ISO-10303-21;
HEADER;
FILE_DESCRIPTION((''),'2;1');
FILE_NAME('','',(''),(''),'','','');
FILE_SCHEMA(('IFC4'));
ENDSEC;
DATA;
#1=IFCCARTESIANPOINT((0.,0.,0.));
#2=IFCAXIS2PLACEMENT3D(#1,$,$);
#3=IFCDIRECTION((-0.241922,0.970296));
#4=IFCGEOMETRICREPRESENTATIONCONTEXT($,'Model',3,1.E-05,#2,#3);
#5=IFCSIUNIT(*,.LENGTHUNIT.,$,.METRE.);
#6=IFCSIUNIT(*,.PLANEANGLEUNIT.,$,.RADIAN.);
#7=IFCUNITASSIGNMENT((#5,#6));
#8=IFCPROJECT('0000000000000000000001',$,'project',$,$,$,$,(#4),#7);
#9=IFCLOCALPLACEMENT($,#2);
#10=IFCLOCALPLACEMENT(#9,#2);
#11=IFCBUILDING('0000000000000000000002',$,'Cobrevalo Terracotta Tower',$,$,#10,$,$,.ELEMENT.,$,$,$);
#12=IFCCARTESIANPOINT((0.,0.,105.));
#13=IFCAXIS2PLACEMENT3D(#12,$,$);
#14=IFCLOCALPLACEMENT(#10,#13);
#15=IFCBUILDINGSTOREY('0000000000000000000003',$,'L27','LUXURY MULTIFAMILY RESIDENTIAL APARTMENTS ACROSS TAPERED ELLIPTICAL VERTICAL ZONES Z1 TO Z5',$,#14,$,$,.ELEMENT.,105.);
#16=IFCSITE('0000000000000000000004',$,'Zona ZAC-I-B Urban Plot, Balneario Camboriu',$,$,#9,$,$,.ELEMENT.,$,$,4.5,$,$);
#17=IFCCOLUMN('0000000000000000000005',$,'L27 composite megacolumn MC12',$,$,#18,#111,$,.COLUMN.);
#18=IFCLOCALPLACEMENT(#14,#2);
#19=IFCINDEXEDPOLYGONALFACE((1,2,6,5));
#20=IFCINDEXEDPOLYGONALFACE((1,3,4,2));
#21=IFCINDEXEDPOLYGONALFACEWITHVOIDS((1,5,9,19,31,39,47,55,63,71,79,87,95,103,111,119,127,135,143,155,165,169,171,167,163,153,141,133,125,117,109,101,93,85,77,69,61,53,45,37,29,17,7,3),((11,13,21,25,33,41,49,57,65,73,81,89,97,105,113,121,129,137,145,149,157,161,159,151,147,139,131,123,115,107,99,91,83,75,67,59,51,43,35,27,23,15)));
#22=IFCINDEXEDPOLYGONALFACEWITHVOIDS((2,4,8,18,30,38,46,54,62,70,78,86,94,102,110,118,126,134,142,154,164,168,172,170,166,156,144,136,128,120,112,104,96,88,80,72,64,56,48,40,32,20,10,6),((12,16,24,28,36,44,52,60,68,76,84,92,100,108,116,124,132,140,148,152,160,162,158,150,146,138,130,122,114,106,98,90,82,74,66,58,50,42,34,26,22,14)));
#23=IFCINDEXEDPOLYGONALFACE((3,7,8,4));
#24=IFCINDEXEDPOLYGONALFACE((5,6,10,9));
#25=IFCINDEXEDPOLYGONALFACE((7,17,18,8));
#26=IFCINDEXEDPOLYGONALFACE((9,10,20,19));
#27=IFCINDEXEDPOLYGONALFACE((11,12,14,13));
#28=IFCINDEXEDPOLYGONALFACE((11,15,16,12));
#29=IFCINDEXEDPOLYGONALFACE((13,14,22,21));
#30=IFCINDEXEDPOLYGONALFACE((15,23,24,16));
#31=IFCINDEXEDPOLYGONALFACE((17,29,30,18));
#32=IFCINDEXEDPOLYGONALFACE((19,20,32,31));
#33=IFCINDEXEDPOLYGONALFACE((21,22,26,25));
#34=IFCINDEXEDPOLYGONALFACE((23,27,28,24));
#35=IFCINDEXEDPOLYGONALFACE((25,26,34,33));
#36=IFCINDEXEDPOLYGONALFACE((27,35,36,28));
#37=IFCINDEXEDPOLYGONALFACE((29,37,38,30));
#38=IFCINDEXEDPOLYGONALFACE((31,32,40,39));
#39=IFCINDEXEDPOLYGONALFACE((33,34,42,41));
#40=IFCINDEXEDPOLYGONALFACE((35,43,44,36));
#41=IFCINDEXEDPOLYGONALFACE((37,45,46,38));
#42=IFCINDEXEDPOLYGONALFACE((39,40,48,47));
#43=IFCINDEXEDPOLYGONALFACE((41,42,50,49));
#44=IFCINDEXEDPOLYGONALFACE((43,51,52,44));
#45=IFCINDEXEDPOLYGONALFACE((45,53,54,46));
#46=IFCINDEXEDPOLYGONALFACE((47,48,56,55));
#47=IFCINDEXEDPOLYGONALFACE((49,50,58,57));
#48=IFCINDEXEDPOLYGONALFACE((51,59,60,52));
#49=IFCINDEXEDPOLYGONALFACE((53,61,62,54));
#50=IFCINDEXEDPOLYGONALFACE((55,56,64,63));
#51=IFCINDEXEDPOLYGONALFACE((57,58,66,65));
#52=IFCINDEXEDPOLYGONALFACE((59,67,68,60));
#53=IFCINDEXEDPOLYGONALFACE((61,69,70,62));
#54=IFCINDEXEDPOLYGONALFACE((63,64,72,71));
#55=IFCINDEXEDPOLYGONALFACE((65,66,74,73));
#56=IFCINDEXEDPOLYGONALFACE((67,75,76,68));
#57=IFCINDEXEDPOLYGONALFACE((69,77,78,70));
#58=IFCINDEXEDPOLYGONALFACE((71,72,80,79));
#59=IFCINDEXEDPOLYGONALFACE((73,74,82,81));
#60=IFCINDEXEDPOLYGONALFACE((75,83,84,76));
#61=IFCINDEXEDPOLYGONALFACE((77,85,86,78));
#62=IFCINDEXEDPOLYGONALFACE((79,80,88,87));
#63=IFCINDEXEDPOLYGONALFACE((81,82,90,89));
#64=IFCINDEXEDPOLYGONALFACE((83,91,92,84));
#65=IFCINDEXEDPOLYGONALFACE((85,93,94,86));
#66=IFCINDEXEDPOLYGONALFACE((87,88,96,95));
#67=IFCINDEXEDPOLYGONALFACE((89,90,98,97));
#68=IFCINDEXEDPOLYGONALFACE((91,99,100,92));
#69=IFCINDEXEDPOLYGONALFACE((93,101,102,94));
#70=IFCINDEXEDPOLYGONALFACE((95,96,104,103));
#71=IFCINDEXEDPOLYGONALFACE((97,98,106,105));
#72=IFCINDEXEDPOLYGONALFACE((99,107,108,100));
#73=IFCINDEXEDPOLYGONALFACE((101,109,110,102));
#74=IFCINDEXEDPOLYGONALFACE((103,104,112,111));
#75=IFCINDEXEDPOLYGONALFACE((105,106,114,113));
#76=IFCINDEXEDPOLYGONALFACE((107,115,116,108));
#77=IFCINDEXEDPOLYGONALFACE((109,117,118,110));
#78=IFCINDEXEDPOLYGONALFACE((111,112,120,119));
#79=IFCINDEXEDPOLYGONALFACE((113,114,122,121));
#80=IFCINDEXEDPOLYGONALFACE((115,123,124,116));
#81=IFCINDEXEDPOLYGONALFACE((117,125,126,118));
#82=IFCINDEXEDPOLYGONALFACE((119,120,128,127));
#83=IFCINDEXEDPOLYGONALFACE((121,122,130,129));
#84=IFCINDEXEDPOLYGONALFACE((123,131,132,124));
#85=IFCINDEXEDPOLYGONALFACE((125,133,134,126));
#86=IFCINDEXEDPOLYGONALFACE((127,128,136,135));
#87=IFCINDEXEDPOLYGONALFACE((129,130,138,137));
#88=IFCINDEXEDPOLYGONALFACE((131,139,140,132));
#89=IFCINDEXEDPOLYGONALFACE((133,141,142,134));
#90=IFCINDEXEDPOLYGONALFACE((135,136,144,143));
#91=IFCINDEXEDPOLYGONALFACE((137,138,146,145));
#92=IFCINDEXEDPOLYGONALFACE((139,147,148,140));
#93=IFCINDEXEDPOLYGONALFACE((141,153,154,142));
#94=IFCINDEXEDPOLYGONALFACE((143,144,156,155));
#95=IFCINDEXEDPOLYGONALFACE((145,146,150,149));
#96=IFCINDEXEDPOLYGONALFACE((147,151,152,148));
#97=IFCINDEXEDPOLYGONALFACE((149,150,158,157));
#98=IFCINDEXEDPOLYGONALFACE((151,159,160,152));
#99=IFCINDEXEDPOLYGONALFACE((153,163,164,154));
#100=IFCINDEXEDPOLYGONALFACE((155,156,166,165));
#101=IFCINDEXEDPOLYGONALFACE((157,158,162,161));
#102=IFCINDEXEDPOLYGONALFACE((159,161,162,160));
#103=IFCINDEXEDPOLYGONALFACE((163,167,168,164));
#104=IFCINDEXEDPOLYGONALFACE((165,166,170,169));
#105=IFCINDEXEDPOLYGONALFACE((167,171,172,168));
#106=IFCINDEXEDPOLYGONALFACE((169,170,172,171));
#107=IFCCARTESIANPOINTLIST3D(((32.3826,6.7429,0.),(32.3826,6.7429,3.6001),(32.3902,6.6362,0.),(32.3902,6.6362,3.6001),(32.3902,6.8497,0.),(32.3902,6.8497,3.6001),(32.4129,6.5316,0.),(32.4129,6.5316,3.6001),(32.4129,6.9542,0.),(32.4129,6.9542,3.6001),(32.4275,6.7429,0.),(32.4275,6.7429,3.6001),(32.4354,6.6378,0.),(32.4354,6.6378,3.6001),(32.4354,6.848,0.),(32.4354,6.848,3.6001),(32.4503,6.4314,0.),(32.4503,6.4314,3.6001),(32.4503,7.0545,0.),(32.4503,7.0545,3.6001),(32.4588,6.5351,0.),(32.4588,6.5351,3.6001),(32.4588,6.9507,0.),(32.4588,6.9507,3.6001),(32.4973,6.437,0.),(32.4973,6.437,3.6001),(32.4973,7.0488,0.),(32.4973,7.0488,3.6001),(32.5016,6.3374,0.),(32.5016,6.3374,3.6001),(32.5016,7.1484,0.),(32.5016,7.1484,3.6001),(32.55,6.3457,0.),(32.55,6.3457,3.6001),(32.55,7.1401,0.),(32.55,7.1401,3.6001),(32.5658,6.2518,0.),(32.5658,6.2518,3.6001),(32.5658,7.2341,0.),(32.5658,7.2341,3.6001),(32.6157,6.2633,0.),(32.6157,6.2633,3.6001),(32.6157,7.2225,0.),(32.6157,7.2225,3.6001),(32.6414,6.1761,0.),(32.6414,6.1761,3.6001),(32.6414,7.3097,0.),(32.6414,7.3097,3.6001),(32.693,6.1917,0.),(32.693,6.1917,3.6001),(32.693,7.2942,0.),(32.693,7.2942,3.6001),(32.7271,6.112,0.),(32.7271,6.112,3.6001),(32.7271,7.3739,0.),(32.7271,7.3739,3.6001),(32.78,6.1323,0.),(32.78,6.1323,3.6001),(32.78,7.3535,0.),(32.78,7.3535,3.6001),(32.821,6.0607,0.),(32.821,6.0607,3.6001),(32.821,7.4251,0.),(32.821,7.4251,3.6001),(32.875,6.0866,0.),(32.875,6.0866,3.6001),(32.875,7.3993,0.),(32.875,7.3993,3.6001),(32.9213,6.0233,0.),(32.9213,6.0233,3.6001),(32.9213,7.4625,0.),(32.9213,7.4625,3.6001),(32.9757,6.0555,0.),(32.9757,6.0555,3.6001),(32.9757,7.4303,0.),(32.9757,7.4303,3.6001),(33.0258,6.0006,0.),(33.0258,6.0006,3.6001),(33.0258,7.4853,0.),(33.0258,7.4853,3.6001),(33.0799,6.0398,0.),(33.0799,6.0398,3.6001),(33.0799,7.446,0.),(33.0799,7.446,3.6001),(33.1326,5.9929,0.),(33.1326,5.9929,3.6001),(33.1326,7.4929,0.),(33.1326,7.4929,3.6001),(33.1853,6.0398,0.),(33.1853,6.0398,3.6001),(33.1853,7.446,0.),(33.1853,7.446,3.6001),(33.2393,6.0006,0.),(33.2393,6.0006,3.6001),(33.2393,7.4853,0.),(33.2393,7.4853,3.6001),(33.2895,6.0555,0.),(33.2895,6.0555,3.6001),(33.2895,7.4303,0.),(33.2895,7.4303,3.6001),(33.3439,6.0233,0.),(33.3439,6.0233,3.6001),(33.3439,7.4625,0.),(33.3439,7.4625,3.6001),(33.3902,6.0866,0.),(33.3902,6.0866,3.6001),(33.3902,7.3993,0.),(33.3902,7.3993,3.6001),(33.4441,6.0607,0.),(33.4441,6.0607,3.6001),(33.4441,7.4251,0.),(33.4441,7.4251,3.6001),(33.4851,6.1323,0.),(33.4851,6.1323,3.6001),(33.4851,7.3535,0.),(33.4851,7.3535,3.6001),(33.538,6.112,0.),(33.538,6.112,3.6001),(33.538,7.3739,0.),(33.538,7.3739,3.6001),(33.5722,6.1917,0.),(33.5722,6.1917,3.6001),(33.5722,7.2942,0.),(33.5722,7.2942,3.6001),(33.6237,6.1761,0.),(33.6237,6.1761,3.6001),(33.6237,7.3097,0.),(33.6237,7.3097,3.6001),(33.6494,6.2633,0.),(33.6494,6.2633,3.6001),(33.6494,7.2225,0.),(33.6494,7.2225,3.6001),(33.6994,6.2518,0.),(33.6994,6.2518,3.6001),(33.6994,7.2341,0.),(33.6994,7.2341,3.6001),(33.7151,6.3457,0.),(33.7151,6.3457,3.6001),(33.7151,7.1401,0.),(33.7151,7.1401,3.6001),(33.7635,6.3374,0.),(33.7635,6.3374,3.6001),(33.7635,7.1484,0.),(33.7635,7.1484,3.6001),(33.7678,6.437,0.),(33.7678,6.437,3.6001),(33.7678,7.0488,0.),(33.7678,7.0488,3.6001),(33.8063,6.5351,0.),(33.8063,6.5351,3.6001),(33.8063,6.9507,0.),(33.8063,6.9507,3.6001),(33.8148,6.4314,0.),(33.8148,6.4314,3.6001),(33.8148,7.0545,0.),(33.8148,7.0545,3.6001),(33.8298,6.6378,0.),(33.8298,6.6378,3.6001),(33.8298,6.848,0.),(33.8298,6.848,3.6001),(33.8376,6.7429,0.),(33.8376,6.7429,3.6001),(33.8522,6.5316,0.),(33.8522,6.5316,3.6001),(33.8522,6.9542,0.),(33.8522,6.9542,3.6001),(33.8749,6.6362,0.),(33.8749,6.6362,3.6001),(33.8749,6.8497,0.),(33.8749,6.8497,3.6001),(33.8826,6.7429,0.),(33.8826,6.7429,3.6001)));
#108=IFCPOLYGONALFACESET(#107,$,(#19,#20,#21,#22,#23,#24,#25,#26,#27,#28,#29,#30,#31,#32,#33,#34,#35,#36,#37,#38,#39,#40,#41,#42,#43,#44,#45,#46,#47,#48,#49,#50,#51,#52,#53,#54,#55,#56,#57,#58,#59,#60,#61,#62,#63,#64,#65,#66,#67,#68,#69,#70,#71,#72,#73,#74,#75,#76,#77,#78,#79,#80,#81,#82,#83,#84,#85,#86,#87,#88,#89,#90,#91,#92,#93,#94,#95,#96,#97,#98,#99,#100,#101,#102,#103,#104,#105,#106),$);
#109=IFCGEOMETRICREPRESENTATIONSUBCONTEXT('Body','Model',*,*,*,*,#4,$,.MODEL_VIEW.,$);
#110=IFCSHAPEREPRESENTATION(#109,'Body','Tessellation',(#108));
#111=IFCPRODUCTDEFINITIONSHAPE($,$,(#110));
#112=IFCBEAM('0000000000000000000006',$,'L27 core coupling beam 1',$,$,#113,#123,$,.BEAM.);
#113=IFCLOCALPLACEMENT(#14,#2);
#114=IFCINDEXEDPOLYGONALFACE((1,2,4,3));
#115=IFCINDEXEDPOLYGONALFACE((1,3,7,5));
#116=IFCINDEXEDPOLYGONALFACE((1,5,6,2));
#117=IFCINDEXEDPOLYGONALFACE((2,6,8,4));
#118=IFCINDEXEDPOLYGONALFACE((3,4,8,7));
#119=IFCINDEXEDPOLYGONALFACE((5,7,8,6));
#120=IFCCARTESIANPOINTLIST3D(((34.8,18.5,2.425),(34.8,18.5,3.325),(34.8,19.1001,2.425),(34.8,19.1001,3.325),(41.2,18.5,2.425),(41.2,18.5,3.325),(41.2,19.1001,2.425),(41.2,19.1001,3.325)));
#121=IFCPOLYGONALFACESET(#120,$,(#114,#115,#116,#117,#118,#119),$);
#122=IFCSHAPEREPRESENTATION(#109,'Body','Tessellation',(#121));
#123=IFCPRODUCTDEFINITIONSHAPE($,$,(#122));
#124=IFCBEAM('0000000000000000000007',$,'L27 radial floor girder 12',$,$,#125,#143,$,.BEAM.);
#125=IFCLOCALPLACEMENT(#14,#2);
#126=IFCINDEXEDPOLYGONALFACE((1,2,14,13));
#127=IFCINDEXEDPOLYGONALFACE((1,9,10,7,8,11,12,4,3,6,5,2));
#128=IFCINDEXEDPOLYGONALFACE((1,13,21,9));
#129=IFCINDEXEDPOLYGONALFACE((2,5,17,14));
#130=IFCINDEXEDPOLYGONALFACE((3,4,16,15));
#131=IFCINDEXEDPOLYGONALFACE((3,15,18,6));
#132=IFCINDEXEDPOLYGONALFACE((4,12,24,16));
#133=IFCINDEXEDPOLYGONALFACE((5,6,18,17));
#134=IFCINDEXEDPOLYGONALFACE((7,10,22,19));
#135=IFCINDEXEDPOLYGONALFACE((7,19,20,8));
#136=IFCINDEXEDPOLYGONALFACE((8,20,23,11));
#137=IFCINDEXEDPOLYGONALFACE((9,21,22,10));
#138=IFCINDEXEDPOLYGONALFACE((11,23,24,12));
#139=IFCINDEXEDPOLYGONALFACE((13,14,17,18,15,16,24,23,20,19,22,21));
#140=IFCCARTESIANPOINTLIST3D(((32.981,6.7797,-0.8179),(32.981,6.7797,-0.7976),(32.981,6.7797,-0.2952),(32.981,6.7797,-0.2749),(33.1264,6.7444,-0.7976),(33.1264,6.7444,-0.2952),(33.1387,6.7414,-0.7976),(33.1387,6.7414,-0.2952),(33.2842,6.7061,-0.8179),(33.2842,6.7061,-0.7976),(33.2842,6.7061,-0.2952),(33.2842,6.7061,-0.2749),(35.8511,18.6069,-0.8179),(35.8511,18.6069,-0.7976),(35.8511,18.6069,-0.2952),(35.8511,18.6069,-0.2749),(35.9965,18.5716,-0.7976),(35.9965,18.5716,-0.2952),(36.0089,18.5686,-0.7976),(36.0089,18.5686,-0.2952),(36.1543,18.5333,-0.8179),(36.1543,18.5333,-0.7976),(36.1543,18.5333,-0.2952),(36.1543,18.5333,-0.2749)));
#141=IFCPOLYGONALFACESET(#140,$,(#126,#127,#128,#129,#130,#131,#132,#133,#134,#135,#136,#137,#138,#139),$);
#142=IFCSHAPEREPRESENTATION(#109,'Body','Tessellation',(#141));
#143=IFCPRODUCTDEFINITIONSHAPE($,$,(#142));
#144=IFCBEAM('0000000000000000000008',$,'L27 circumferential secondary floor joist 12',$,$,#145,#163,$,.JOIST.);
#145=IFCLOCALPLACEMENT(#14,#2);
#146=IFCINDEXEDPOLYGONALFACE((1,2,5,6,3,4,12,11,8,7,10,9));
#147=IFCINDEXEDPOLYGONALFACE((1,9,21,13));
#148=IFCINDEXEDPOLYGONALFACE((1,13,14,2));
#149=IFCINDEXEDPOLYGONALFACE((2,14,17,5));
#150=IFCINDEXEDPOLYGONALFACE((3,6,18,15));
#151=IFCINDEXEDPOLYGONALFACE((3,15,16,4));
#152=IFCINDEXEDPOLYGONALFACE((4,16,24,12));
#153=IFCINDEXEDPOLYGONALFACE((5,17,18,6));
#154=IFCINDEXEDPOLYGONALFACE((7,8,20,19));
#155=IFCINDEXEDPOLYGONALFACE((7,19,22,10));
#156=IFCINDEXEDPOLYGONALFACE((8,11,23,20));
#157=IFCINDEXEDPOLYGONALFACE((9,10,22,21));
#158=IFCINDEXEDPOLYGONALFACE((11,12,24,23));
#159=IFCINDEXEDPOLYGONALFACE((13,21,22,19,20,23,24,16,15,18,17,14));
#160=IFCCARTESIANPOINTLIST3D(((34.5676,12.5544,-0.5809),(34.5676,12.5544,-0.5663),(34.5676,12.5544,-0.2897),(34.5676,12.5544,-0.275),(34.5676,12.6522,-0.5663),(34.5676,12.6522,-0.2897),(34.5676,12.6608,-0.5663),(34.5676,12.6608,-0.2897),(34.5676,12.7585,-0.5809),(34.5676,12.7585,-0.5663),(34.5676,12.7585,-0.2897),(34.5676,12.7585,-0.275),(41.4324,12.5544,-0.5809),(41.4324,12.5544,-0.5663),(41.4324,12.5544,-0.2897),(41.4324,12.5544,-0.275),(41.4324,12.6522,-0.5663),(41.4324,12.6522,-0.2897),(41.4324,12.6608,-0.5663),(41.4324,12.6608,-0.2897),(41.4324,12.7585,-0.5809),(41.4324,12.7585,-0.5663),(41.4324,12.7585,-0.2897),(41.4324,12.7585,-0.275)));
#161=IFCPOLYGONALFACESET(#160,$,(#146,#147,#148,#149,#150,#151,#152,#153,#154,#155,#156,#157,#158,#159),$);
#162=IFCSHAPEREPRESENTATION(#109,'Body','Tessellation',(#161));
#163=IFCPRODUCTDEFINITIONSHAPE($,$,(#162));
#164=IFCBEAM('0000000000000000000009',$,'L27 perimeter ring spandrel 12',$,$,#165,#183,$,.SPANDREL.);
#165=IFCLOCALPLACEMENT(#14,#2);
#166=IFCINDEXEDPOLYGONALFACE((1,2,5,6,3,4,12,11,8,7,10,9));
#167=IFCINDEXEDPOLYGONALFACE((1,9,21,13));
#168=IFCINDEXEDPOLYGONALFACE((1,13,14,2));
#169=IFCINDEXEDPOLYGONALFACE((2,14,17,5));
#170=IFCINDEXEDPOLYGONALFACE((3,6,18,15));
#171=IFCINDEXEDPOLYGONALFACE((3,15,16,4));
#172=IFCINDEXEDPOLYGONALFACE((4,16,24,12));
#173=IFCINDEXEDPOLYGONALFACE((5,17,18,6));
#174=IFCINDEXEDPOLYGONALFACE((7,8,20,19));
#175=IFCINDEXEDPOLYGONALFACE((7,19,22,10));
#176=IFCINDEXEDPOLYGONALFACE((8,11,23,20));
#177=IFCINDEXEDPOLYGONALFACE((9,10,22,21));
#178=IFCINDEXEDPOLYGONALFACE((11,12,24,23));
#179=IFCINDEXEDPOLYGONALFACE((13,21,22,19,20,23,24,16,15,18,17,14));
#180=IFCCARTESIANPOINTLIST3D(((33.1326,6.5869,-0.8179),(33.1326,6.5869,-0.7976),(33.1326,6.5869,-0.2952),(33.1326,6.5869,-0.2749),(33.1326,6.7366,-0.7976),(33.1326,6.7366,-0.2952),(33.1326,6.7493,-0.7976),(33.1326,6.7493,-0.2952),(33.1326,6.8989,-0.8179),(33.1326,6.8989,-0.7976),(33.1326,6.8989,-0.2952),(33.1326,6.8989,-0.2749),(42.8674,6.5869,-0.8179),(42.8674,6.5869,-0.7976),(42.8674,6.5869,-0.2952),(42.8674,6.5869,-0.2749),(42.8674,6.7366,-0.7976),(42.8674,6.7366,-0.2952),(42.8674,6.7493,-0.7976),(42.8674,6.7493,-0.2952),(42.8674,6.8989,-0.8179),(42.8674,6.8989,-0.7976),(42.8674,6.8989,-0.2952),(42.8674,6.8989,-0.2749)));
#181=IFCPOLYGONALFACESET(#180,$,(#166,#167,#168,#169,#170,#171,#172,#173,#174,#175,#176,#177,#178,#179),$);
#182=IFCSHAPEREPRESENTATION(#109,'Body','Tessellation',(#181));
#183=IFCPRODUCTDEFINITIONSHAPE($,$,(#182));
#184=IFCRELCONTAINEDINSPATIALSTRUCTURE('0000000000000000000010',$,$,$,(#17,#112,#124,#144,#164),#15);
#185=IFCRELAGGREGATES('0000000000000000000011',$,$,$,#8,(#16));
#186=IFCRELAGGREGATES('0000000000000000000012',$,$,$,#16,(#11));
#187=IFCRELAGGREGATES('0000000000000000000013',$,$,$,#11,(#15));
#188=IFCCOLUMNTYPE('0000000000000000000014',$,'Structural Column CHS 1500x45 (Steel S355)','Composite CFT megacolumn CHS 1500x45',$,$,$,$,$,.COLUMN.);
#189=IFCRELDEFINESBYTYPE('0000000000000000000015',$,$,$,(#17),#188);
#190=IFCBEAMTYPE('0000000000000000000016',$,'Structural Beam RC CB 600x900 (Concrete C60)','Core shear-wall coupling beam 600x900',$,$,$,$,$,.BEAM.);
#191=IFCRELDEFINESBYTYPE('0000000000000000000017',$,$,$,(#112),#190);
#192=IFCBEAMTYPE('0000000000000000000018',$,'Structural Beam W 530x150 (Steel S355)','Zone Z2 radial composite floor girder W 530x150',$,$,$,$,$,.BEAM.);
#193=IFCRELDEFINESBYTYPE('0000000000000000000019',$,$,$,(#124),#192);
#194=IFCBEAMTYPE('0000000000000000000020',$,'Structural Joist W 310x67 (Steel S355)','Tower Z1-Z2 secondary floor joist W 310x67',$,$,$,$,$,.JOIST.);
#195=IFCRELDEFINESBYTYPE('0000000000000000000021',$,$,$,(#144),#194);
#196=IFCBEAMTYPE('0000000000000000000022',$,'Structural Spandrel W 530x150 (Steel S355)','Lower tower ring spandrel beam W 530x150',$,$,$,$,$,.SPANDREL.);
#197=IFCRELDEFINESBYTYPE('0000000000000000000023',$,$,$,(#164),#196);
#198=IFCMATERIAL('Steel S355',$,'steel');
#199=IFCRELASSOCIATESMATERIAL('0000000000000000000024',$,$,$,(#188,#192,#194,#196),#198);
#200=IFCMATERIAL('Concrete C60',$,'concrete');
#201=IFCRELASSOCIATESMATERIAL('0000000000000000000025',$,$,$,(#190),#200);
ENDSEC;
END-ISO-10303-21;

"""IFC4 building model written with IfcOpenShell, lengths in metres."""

from ifc_helpers import new_model, si_unit, direction, frame, origin, origin_2d, place, context, subcontext, project, spatial, rectangle, hollow_circle, i_section, extrude, material, material_profile, profile_set, type_object, element, save


model = new_model("IFC4")

# Units and contexts
model_context = context("Model", 3, precision=1e-05, world=origin(), true_north=direction((-0.241922, 0.970296)))
body_context = subcontext(model_context, "Body", "Model", "MODEL_VIEW")
ifc_project = project(units=[si_unit("LENGTHUNIT", "METRE"), si_unit("PLANEANGLEUNIT", "RADIAN")], contexts=[model_context])

# Site, building, storey
site_placement = place(None, origin())
site = spatial("IfcSite", under=ifc_project, at=site_placement, Name="Zona ZAC-I-B Urban Plot, Balneario Camboriu", CompositionType="ELEMENT", RefElevation=4.5)
building_placement = place(site_placement, origin())
building = spatial("IfcBuilding", under=site, at=building_placement, Name="Cobrevalo Terracotta Tower", CompositionType="ELEMENT")
storey_placement = place(building_placement, frame((0.0, 0.0, 105.0)))
storey = spatial("IfcBuildingStorey", under=building, at=storey_placement, Name="L27", Description="LUXURY MULTIFAMILY RESIDENTIAL APARTMENTS ACROSS TAPERED ELLIPTICAL VERTICAL ZONES Z1 TO Z5", CompositionType="ELEMENT", Elevation=105.0)

# Column
ifc_material_1 = material(Name="Steel S355", Category="steel")
ifc_material_profile_1 = material_profile(ifc_material_1, hollow_circle(Radius=0.75, WallThickness=0.0449, at=origin_2d()), Name="CHS 1500x45")
ifc_profile_set_1 = profile_set([ifc_material_profile_1], Name="Steel S355")
column_type = type_object("IfcColumnType", Name="Structural Column CHS 1500x45 (Steel S355)", Description="Composite CFT megacolumn CHS 1500x45", PredefinedType="COLUMN", material=ifc_profile_set_1)
column_placement = place(storey_placement, frame((33.1326, 6.7429, 0.0), z_axis=(0.0, 0.0, 1.0), x_axis=(1.0, 0.0, 0.0)))
element("IfcColumn", 1, at=column_placement, inside=storey, type_object=column_type, Name="L27 composite megacolumn MC12", PredefinedType="COLUMN", context=body_context, shape_type="SweptSolid", body=[
    extrude(hollow_circle(Radius=0.75, WallThickness=0.0449, at=origin_2d()), origin(), (0.0, 0.0, 1.0), 3.6001),
])

# Beams
ifc_material_2 = material(Name="Concrete C60", Category="concrete")
ifc_material_profile_2 = material_profile(ifc_material_2, rectangle(XDim=0.6001, YDim=0.8999, at=origin_2d()), Name="RC CB 600x900")
ifc_profile_set_2 = profile_set([ifc_material_profile_2], Name="Concrete C60")
beam_type_1 = type_object("IfcBeamType", Name="Structural Beam RC CB 600x900 (Concrete C60)", Description="Core shear-wall coupling beam 600x900", PredefinedType="BEAM", material=ifc_profile_set_2)
beam_1_placement = place(storey_placement, frame((34.8, 18.8, 2.875), z_axis=(1.0, 0.0, 0.0), x_axis=(0.0, 1.0, 0.0)))
element("IfcBeam", 2, at=beam_1_placement, inside=storey, type_object=beam_type_1, Name="L27 core coupling beam 1", PredefinedType="BEAM", context=body_context, shape_type="SweptSolid", body=[
    extrude(rectangle(XDim=0.6001, YDim=0.8999, at=origin_2d()), origin(), (0.0, 0.0, 1.0), 6.3999),
])
ifc_material_profile_3 = material_profile(ifc_material_1, i_section(OverallWidth=0.312, OverallDepth=0.543, WebThickness=0.0127, FlangeThickness=0.0203, at=origin_2d()), Name="W 530x150")
ifc_profile_set_3 = profile_set([ifc_material_profile_3], Name="Steel S355")
beam_type_2 = type_object("IfcBeamType", Name="Structural Beam W 530x150 (Steel S355)", Description="Zone Z2 radial composite floor girder W 530x150", PredefinedType="BEAM", material=ifc_profile_set_3)
beam_2_placement = place(storey_placement, frame((33.1326, 6.7429, -0.5464), z_axis=(0.235827, 0.971795, 0.0), x_axis=(-0.971795, 0.235827, 0.0)))
element("IfcBeam", 3, at=beam_2_placement, inside=storey, type_object=beam_type_2, Name="L27 radial floor girder 12", PredefinedType="BEAM", context=body_context, shape_type="SweptSolid", body=[
    extrude(i_section(OverallWidth=0.312, OverallDepth=0.543, WebThickness=0.0127, FlangeThickness=0.0203, at=origin_2d()), origin(), (0.0, 0.0, 1.0), 12.1704),
])
ifc_material_profile_4 = material_profile(ifc_material_1, i_section(OverallWidth=0.2041, OverallDepth=0.3059, WebThickness=0.0085, FlangeThickness=0.0146, at=origin_2d()), Name="W 310x67")
ifc_profile_set_4 = profile_set([ifc_material_profile_4], Name="Steel S355")
beam_type_3 = type_object("IfcBeamType", Name="Structural Joist W 310x67 (Steel S355)", Description="Tower Z1-Z2 secondary floor joist W 310x67", PredefinedType="JOIST", material=ifc_profile_set_4)
beam_3_placement = place(storey_placement, frame((34.5676, 12.6565, -0.428), z_axis=(1.0, 0.0, 0.0), x_axis=(0.0, 1.0, 0.0)))
element("IfcBeam", 4, at=beam_3_placement, inside=storey, type_object=beam_type_3, Name="L27 circumferential secondary floor joist 12", PredefinedType="JOIST", context=body_context, shape_type="SweptSolid", body=[
    extrude(i_section(OverallWidth=0.2041, OverallDepth=0.3059, WebThickness=0.0085, FlangeThickness=0.0146, at=origin_2d()), origin(), (0.0, 0.0, 1.0), 6.8647),
])
ifc_material_profile_5 = material_profile(ifc_material_1, i_section(OverallWidth=0.312, OverallDepth=0.543, WebThickness=0.0127, FlangeThickness=0.0203, at=origin_2d()), Name="W 530x150")
ifc_profile_set_5 = profile_set([ifc_material_profile_5], Name="Steel S355")
beam_type_4 = type_object("IfcBeamType", Name="Structural Spandrel W 530x150 (Steel S355)", Description="Lower tower ring spandrel beam W 530x150", PredefinedType="SPANDREL", material=ifc_profile_set_5)
beam_4_placement = place(storey_placement, frame((33.1326, 6.7429, -0.5464), z_axis=(1.0, 0.0, 0.0), x_axis=(0.0, 1.0, 0.0)))
element("IfcBeam", 5, at=beam_4_placement, inside=storey, type_object=beam_type_4, Name="L27 perimeter ring spandrel 12", PredefinedType="SPANDREL", context=body_context, shape_type="SweptSolid", body=[
    extrude(i_section(OverallWidth=0.312, OverallDepth=0.543, WebThickness=0.0127, FlangeThickness=0.0203, at=origin_2d()), origin(), (0.0, 0.0, 1.0), 9.7349),
])

save(model, "model.ifc")
